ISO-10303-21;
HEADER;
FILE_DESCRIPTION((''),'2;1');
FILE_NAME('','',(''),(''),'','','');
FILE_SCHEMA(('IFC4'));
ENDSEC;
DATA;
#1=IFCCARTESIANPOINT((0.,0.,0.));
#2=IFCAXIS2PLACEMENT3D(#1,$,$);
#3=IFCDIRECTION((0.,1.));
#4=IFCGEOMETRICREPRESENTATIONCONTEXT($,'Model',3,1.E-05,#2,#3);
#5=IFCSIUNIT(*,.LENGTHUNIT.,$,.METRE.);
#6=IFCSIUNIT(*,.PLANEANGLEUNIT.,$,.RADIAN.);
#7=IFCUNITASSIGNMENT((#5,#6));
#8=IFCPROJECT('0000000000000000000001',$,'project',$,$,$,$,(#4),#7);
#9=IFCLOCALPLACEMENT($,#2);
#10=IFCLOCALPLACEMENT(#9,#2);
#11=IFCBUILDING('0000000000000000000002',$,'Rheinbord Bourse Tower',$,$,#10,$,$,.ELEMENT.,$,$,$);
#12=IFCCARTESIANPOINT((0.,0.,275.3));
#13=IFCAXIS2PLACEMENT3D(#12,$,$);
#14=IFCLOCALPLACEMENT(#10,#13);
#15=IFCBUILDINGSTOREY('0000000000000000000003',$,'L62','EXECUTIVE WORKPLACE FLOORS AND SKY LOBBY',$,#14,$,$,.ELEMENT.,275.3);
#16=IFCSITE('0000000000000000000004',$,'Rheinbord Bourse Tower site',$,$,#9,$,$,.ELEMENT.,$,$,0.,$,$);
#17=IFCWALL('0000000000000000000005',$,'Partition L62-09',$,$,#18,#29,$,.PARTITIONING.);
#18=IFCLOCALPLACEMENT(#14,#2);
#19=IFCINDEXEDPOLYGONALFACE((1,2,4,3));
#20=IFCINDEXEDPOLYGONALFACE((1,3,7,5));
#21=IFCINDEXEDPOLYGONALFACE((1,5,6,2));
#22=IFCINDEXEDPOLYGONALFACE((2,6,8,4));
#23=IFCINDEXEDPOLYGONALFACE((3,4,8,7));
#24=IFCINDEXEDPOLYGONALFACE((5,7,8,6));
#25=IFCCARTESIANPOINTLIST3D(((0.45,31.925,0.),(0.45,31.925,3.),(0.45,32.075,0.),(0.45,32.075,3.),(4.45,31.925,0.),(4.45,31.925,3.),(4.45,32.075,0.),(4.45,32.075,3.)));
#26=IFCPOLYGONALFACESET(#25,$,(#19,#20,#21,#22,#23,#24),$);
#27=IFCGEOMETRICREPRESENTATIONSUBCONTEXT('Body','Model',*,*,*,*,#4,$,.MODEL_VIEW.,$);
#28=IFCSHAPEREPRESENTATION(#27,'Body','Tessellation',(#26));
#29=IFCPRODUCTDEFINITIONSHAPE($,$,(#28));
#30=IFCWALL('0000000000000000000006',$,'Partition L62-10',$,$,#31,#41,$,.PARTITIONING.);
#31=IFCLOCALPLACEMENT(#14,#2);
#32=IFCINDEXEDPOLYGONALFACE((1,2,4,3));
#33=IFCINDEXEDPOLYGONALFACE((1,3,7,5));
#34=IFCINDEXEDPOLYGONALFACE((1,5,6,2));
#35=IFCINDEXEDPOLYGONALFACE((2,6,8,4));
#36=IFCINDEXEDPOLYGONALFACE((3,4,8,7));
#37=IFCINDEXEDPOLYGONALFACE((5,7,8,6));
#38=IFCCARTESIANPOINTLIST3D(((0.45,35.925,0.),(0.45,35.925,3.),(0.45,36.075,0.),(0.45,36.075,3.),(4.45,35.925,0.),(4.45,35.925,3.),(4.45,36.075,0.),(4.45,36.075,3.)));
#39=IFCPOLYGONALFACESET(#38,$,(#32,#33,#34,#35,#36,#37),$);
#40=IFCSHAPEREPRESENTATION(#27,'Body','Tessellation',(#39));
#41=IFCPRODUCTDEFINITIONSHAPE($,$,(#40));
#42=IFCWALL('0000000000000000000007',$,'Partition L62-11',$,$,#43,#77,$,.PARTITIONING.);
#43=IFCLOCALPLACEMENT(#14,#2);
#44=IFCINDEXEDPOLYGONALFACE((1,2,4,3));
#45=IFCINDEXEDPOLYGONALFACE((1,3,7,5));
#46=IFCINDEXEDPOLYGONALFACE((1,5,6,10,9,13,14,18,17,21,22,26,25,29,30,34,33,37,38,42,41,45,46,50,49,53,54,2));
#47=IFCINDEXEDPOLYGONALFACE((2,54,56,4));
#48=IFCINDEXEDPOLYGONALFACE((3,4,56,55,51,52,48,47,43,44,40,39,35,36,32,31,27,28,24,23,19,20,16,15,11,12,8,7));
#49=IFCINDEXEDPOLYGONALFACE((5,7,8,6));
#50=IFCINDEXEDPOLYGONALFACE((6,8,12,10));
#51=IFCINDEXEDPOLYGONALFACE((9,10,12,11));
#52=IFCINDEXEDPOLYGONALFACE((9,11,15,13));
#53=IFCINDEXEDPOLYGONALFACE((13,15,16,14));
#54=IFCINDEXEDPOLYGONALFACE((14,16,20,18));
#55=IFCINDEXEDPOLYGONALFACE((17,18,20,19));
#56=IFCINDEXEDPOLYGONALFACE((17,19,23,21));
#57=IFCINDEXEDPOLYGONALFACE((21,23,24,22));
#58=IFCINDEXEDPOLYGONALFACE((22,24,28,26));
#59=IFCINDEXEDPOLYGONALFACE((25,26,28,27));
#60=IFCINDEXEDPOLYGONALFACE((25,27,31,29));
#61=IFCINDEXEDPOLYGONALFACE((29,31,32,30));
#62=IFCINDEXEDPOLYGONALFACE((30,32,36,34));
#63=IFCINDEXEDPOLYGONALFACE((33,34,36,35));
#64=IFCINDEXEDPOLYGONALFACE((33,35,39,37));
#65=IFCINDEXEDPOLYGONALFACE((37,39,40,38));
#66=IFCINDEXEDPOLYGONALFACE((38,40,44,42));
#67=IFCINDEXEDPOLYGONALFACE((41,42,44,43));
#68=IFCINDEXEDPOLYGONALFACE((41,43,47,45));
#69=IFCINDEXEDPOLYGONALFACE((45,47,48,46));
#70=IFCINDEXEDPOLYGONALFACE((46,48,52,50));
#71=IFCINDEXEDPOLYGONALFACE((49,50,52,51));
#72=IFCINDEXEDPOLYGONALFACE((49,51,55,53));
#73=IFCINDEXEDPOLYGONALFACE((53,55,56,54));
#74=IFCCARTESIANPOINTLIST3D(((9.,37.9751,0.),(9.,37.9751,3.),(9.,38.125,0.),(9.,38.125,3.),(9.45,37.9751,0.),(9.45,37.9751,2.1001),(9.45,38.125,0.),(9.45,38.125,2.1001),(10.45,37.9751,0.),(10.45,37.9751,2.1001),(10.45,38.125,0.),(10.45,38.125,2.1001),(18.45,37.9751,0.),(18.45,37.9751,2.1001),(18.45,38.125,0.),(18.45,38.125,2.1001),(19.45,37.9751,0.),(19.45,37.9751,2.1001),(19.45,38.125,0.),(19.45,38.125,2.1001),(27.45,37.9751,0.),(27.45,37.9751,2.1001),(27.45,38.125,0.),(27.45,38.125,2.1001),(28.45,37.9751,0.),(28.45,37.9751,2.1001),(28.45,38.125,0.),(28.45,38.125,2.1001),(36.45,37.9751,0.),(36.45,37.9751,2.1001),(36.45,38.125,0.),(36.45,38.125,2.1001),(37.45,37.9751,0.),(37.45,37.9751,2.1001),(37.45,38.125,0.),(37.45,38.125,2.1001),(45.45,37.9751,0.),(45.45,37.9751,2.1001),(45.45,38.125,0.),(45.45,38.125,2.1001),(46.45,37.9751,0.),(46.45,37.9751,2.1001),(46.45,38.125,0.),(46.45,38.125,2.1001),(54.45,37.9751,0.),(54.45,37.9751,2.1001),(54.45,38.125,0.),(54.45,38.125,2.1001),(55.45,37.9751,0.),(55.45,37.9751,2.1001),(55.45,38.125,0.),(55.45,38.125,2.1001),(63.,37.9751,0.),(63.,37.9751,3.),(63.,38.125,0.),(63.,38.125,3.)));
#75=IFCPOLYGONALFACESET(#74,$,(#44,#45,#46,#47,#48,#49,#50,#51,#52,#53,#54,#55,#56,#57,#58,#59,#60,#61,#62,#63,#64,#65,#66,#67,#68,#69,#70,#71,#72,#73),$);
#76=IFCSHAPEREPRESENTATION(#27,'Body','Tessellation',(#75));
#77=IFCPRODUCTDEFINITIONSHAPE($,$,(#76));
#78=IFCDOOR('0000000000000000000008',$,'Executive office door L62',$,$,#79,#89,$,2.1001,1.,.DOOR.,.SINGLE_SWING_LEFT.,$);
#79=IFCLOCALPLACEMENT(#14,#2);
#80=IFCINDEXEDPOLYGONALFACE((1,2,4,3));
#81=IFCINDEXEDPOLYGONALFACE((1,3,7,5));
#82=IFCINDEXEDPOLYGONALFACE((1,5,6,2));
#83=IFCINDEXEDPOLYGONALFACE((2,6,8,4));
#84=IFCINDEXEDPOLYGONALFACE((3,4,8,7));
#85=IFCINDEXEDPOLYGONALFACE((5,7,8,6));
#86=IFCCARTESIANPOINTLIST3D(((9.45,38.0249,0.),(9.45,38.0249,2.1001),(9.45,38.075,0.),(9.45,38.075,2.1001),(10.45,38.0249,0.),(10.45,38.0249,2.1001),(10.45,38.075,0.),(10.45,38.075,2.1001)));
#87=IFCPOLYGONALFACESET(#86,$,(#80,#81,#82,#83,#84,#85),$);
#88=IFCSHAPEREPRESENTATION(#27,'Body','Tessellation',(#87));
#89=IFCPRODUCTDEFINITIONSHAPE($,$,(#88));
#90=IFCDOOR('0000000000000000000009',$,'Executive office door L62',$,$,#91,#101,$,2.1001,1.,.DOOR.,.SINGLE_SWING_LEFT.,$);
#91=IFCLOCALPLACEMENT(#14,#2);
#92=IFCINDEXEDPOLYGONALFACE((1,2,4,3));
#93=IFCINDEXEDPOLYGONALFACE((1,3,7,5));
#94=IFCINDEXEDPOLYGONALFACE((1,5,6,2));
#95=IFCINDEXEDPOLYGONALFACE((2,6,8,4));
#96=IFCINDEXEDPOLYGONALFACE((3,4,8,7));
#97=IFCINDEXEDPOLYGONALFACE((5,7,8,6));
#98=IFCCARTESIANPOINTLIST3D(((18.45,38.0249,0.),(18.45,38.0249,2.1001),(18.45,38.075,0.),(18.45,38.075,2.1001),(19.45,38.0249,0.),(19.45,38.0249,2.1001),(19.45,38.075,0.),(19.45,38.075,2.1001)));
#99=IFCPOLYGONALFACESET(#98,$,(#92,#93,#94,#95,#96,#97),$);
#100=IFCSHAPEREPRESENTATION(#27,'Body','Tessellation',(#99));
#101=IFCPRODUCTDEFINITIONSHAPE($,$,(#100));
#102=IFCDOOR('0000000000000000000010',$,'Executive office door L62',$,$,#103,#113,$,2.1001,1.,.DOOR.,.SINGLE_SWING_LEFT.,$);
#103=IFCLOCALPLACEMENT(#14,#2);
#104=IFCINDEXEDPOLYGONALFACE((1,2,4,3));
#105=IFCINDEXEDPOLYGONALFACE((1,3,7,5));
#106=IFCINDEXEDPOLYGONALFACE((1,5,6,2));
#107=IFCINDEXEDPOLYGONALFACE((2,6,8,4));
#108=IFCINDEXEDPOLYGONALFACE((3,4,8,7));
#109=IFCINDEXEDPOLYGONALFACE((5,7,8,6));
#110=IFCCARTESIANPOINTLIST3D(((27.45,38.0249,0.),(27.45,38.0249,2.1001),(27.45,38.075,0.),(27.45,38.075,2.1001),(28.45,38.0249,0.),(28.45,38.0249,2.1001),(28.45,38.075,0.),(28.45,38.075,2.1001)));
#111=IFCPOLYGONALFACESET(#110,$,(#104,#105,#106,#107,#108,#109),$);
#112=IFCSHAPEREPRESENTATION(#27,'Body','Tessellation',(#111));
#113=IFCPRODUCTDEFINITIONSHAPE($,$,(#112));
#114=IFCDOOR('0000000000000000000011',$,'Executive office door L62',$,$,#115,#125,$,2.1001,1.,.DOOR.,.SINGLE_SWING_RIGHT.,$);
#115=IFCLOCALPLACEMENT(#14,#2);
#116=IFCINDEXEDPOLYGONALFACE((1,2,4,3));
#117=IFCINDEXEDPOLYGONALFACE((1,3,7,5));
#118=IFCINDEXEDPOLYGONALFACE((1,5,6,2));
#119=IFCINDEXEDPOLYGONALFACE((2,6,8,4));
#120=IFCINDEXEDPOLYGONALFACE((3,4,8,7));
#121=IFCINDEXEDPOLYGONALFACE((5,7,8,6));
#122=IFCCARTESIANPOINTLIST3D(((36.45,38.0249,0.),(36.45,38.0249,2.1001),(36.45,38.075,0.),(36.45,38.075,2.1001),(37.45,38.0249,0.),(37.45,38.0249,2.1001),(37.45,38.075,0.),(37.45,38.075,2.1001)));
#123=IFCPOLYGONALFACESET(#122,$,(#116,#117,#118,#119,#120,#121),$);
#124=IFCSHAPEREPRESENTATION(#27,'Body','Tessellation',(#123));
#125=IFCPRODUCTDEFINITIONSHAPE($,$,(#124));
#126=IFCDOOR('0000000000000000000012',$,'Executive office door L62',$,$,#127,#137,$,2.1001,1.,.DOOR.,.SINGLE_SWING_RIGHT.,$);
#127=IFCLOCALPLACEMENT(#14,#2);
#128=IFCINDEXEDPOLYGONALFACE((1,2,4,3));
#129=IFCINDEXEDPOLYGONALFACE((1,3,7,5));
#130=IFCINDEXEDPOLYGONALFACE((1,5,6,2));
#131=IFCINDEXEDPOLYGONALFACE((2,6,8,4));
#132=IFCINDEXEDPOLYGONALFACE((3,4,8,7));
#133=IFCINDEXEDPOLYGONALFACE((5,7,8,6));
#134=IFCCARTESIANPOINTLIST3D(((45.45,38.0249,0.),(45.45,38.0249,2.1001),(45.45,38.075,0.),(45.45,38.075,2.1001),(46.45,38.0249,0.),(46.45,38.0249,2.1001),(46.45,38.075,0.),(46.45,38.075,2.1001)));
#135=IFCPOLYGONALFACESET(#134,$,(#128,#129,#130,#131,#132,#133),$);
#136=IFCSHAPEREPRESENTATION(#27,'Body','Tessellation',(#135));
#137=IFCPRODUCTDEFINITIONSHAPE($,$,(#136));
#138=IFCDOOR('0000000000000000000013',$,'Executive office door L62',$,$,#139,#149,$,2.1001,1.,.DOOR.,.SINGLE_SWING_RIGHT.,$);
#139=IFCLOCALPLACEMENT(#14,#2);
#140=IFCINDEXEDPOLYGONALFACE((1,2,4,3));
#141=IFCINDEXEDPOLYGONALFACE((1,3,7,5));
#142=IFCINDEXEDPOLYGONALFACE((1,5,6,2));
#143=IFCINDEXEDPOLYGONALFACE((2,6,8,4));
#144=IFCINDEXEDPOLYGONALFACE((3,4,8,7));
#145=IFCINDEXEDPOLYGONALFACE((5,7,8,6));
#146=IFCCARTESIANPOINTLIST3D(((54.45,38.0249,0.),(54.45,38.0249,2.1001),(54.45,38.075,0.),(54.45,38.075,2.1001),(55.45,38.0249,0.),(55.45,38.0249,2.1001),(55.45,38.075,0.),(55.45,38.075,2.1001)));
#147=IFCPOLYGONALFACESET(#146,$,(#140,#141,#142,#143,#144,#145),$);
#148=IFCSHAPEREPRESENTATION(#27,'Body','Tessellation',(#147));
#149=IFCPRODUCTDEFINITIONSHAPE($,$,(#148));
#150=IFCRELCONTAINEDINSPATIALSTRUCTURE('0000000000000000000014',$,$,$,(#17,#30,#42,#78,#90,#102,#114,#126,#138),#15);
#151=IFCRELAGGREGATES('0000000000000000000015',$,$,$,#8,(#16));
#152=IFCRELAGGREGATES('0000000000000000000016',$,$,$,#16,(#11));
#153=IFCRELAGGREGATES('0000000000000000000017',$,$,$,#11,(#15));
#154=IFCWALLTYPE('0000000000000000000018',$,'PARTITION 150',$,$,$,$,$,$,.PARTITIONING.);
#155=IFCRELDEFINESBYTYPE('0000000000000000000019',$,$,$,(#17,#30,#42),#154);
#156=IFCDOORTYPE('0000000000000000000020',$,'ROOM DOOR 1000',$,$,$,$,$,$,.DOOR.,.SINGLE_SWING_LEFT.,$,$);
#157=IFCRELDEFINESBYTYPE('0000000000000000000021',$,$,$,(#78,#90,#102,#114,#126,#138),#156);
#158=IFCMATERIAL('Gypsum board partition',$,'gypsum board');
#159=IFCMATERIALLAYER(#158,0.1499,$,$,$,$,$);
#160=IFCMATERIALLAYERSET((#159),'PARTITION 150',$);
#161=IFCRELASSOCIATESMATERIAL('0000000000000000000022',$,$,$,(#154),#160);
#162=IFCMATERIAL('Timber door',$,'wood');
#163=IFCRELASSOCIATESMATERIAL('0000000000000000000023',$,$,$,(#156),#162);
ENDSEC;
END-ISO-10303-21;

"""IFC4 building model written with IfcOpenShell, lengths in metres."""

from ifc_helpers import new_model, si_unit, direction, frame, frame_2d, origin, place, context, subcontext, project, spatial, rectangle, extrude, material, layer, layer_set, type_object, element, fill, save


model = new_model("IFC4")

# Units and contexts
model_context = context("Model", 3, precision=1e-05, world=origin(), true_north=direction((0.0, 1.0)))
body_context = subcontext(model_context, "Body", "Model", "MODEL_VIEW")
ifc_project = project(units=[si_unit("LENGTHUNIT", "METRE"), si_unit("PLANEANGLEUNIT", "RADIAN")], contexts=[model_context])

# Site, building, storey
site_placement = place(None, origin())
site = spatial("IfcSite", under=ifc_project, at=site_placement, Name="Rheinbord Bourse Tower site", CompositionType="ELEMENT", RefElevation=0.0)
building_placement = place(site_placement, origin())
building = spatial("IfcBuilding", under=site, at=building_placement, Name="Rheinbord Bourse Tower", CompositionType="ELEMENT")
storey_placement = place(building_placement, frame((0.0, 0.0, 275.3)))
storey = spatial("IfcBuildingStorey", under=building, at=storey_placement, Name="L62", Description="EXECUTIVE WORKPLACE FLOORS AND SKY LOBBY", CompositionType="ELEMENT", Elevation=275.3)

# Walls
ifc_material_1 = material(Name="Gypsum board partition", Category="gypsum board")
ifc_layer_1 = layer(ifc_material_1, 0.1499)
ifc_layer_set_1 = layer_set([ifc_layer_1], Name="PARTITION 150")
wall_type = type_object("IfcWallType", Name="PARTITION 150", PredefinedType="PARTITIONING", material=ifc_layer_set_1)
for number, where, z_axis, x_axis, name in (
    (1, (0.45, 32.0, 0.0), (0.0, 0.0, 1.0), (1.0, 0.0, 0.0), "Partition L62-09"),
    (2, (0.45, 36.0, 0.0), (0.0, 0.0, 1.0), (1.0, 0.0, 0.0), "Partition L62-10"),
):
    element("IfcWall", number, at=place(storey_placement, frame(where, z_axis=z_axis, x_axis=x_axis)), inside=storey, type_object=wall_type, Name=name, PredefinedType="PARTITIONING", context=body_context, shape_type="SweptSolid", body=[
        extrude(rectangle(XDim=4.0, YDim=0.1499, at=frame_2d((2.0, 0.0))), origin(), (0.0, 0.0, 1.0), 3.0),
    ])

# Wall, openings, doors
wall_1_placement = place(storey_placement, frame((9.0, 38.05, 0.0), z_axis=(0.0, 0.0, 1.0), x_axis=(1.0, 0.0, 0.0)))
wall_1 = element("IfcWall", 3, at=wall_1_placement, inside=storey, type_object=wall_type, Name="Partition L62-11", PredefinedType="PARTITIONING", context=body_context, shape_type="SweptSolid", body=[
    extrude(rectangle(XDim=54.0, YDim=0.1499, at=frame_2d((27.0, 0.0))), origin(), (0.0, 0.0, 1.0), 3.0),
])
opening_1_placement = place(wall_1_placement, frame((0.45, 0.0, 0.0)))
opening_1 = element("IfcOpeningElement", 4, at=opening_1_placement, cuts=wall_1, PredefinedType="OPENING", context=body_context, shape_type="SweptSolid", body=[
    extrude(rectangle(XDim=1.0, YDim=2.1001, at=frame_2d((0.5, 1.05))), frame((0.0, 0.085, 0.0), z_axis=(0.0, -1.0, 0.0), x_axis=(1.0, 0.0, 0.0)), (0.0, 0.0, 1.0), 0.1699),
])
opening_2_placement = place(wall_1_placement, frame((9.45, 0.0, 0.0)))
opening_2 = element("IfcOpeningElement", 5, at=opening_2_placement, cuts=wall_1, PredefinedType="OPENING", context=body_context, shape_type="SweptSolid", body=[
    extrude(rectangle(XDim=1.0, YDim=2.1001, at=frame_2d((0.5, 1.05))), frame((0.0, 0.085, 0.0), z_axis=(0.0, -1.0, 0.0), x_axis=(1.0, 0.0, 0.0)), (0.0, 0.0, 1.0), 0.1699),
])
opening_3_placement = place(wall_1_placement, frame((18.45, 0.0, 0.0)))
opening_3 = element("IfcOpeningElement", 6, at=opening_3_placement, cuts=wall_1, PredefinedType="OPENING", context=body_context, shape_type="SweptSolid", body=[
    extrude(rectangle(XDim=1.0, YDim=2.1001, at=frame_2d((0.5, 1.05))), frame((0.0, 0.085, 0.0), z_axis=(0.0, -1.0, 0.0), x_axis=(1.0, 0.0, 0.0)), (0.0, 0.0, 1.0), 0.1699),
])
opening_4_placement = place(wall_1_placement, frame((27.45, 0.0, 0.0)))
opening_4 = element("IfcOpeningElement", 7, at=opening_4_placement, cuts=wall_1, PredefinedType="OPENING", context=body_context, shape_type="SweptSolid", body=[
    extrude(rectangle(XDim=1.0, YDim=2.1001, at=frame_2d((0.5, 1.05))), frame((0.0, 0.085, 0.0), z_axis=(0.0, -1.0, 0.0), x_axis=(1.0, 0.0, 0.0)), (0.0, 0.0, 1.0), 0.1699),
])
opening_5_placement = place(wall_1_placement, frame((36.45, 0.0, 0.0)))
opening_5 = element("IfcOpeningElement", 8, at=opening_5_placement, cuts=wall_1, PredefinedType="OPENING", context=body_context, shape_type="SweptSolid", body=[
    extrude(rectangle(XDim=1.0, YDim=2.1001, at=frame_2d((0.5, 1.05))), frame((0.0, 0.085, 0.0), z_axis=(0.0, -1.0, 0.0), x_axis=(1.0, 0.0, 0.0)), (0.0, 0.0, 1.0), 0.1699),
])
opening_6_placement = place(wall_1_placement, frame((45.45, 0.0, 0.0)))
opening_6 = element("IfcOpeningElement", 9, at=opening_6_placement, cuts=wall_1, PredefinedType="OPENING", context=body_context, shape_type="SweptSolid", body=[
    extrude(rectangle(XDim=1.0, YDim=2.1001, at=frame_2d((0.5, 1.05))), frame((0.0, 0.085, 0.0), z_axis=(0.0, -1.0, 0.0), x_axis=(1.0, 0.0, 0.0)), (0.0, 0.0, 1.0), 0.1699),
])
ifc_material_2 = material(Name="Timber door", Category="wood")
door_type = type_object("IfcDoorType", Name="ROOM DOOR 1000", OperationType="SINGLE_SWING_LEFT", PredefinedType="DOOR", material=ifc_material_2)
door_1_placement = place(opening_1_placement, origin())
door_1 = element("IfcDoor", 10, at=door_1_placement, inside=storey, type_object=door_type, Name="Executive office door L62", OperationType="SINGLE_SWING_LEFT", OverallHeight=2.1001, OverallWidth=1.0, PredefinedType="DOOR", context=body_context, shape_type="SweptSolid", body=[
    extrude(rectangle(XDim=1.0, YDim=2.1001, at=frame_2d((0.5, 1.05))), frame((0.0, 0.0249, 0.0), z_axis=(0.0, -1.0, 0.0), x_axis=(1.0, 0.0, 0.0)), (0.0, 0.0, 1.0), 0.05),
])
fill(opening_1, door_1)
door_2_placement = place(opening_2_placement, origin())
door_2 = element("IfcDoor", 11, at=door_2_placement, inside=storey, type_object=door_type, Name="Executive office door L62", OperationType="SINGLE_SWING_LEFT", OverallHeight=2.1001, OverallWidth=1.0, PredefinedType="DOOR", context=body_context, shape_type="SweptSolid", body=[
    extrude(rectangle(XDim=1.0, YDim=2.1001, at=frame_2d((0.5, 1.05))), frame((0.0, 0.0249, 0.0), z_axis=(0.0, -1.0, 0.0), x_axis=(1.0, 0.0, 0.0)), (0.0, 0.0, 1.0), 0.05),
])
fill(opening_2, door_2)
door_3_placement = place(opening_3_placement, origin())
door_3 = element("IfcDoor", 12, at=door_3_placement, inside=storey, type_object=door_type, Name="Executive office door L62", OperationType="SINGLE_SWING_LEFT", OverallHeight=2.1001, OverallWidth=1.0, PredefinedType="DOOR", context=body_context, shape_type="SweptSolid", body=[
    extrude(rectangle(XDim=1.0, YDim=2.1001, at=frame_2d((0.5, 1.05))), frame((0.0, 0.0249, 0.0), z_axis=(0.0, -1.0, 0.0), x_axis=(1.0, 0.0, 0.0)), (0.0, 0.0, 1.0), 0.05),
])
fill(opening_3, door_3)
door_4_placement = place(opening_4_placement, origin())
door_4 = element("IfcDoor", 13, at=door_4_placement, inside=storey, type_object=door_type, Name="Executive office door L62", OperationType="SINGLE_SWING_RIGHT", OverallHeight=2.1001, OverallWidth=1.0, PredefinedType="DOOR", context=body_context, shape_type="SweptSolid", body=[
    extrude(rectangle(XDim=1.0, YDim=2.1001, at=frame_2d((0.5, 1.05))), frame((0.0, 0.0249, 0.0), z_axis=(0.0, -1.0, 0.0), x_axis=(1.0, 0.0, 0.0)), (0.0, 0.0, 1.0), 0.05),
])
fill(opening_4, door_4)
door_5_placement = place(opening_5_placement, origin())
door_5 = element("IfcDoor", 14, at=door_5_placement, inside=storey, type_object=door_type, Name="Executive office door L62", OperationType="SINGLE_SWING_RIGHT", OverallHeight=2.1001, OverallWidth=1.0, PredefinedType="DOOR", context=body_context, shape_type="SweptSolid", body=[
    extrude(rectangle(XDim=1.0, YDim=2.1001, at=frame_2d((0.5, 1.05))), frame((0.0, 0.0249, 0.0), z_axis=(0.0, -1.0, 0.0), x_axis=(1.0, 0.0, 0.0)), (0.0, 0.0, 1.0), 0.05),
])
fill(opening_5, door_5)
door_6_placement = place(opening_6_placement, origin())
door_6 = element("IfcDoor", 15, at=door_6_placement, inside=storey, type_object=door_type, Name="Executive office door L62", OperationType="SINGLE_SWING_RIGHT", OverallHeight=2.1001, OverallWidth=1.0, PredefinedType="DOOR", context=body_context, shape_type="SweptSolid", body=[
    extrude(rectangle(XDim=1.0, YDim=2.1001, at=frame_2d((0.5, 1.05))), frame((0.0, 0.0249, 0.0), z_axis=(0.0, -1.0, 0.0), x_axis=(1.0, 0.0, 0.0)), (0.0, 0.0, 1.0), 0.05),
])
fill(opening_6, door_6)

save(model, "model.ifc")
